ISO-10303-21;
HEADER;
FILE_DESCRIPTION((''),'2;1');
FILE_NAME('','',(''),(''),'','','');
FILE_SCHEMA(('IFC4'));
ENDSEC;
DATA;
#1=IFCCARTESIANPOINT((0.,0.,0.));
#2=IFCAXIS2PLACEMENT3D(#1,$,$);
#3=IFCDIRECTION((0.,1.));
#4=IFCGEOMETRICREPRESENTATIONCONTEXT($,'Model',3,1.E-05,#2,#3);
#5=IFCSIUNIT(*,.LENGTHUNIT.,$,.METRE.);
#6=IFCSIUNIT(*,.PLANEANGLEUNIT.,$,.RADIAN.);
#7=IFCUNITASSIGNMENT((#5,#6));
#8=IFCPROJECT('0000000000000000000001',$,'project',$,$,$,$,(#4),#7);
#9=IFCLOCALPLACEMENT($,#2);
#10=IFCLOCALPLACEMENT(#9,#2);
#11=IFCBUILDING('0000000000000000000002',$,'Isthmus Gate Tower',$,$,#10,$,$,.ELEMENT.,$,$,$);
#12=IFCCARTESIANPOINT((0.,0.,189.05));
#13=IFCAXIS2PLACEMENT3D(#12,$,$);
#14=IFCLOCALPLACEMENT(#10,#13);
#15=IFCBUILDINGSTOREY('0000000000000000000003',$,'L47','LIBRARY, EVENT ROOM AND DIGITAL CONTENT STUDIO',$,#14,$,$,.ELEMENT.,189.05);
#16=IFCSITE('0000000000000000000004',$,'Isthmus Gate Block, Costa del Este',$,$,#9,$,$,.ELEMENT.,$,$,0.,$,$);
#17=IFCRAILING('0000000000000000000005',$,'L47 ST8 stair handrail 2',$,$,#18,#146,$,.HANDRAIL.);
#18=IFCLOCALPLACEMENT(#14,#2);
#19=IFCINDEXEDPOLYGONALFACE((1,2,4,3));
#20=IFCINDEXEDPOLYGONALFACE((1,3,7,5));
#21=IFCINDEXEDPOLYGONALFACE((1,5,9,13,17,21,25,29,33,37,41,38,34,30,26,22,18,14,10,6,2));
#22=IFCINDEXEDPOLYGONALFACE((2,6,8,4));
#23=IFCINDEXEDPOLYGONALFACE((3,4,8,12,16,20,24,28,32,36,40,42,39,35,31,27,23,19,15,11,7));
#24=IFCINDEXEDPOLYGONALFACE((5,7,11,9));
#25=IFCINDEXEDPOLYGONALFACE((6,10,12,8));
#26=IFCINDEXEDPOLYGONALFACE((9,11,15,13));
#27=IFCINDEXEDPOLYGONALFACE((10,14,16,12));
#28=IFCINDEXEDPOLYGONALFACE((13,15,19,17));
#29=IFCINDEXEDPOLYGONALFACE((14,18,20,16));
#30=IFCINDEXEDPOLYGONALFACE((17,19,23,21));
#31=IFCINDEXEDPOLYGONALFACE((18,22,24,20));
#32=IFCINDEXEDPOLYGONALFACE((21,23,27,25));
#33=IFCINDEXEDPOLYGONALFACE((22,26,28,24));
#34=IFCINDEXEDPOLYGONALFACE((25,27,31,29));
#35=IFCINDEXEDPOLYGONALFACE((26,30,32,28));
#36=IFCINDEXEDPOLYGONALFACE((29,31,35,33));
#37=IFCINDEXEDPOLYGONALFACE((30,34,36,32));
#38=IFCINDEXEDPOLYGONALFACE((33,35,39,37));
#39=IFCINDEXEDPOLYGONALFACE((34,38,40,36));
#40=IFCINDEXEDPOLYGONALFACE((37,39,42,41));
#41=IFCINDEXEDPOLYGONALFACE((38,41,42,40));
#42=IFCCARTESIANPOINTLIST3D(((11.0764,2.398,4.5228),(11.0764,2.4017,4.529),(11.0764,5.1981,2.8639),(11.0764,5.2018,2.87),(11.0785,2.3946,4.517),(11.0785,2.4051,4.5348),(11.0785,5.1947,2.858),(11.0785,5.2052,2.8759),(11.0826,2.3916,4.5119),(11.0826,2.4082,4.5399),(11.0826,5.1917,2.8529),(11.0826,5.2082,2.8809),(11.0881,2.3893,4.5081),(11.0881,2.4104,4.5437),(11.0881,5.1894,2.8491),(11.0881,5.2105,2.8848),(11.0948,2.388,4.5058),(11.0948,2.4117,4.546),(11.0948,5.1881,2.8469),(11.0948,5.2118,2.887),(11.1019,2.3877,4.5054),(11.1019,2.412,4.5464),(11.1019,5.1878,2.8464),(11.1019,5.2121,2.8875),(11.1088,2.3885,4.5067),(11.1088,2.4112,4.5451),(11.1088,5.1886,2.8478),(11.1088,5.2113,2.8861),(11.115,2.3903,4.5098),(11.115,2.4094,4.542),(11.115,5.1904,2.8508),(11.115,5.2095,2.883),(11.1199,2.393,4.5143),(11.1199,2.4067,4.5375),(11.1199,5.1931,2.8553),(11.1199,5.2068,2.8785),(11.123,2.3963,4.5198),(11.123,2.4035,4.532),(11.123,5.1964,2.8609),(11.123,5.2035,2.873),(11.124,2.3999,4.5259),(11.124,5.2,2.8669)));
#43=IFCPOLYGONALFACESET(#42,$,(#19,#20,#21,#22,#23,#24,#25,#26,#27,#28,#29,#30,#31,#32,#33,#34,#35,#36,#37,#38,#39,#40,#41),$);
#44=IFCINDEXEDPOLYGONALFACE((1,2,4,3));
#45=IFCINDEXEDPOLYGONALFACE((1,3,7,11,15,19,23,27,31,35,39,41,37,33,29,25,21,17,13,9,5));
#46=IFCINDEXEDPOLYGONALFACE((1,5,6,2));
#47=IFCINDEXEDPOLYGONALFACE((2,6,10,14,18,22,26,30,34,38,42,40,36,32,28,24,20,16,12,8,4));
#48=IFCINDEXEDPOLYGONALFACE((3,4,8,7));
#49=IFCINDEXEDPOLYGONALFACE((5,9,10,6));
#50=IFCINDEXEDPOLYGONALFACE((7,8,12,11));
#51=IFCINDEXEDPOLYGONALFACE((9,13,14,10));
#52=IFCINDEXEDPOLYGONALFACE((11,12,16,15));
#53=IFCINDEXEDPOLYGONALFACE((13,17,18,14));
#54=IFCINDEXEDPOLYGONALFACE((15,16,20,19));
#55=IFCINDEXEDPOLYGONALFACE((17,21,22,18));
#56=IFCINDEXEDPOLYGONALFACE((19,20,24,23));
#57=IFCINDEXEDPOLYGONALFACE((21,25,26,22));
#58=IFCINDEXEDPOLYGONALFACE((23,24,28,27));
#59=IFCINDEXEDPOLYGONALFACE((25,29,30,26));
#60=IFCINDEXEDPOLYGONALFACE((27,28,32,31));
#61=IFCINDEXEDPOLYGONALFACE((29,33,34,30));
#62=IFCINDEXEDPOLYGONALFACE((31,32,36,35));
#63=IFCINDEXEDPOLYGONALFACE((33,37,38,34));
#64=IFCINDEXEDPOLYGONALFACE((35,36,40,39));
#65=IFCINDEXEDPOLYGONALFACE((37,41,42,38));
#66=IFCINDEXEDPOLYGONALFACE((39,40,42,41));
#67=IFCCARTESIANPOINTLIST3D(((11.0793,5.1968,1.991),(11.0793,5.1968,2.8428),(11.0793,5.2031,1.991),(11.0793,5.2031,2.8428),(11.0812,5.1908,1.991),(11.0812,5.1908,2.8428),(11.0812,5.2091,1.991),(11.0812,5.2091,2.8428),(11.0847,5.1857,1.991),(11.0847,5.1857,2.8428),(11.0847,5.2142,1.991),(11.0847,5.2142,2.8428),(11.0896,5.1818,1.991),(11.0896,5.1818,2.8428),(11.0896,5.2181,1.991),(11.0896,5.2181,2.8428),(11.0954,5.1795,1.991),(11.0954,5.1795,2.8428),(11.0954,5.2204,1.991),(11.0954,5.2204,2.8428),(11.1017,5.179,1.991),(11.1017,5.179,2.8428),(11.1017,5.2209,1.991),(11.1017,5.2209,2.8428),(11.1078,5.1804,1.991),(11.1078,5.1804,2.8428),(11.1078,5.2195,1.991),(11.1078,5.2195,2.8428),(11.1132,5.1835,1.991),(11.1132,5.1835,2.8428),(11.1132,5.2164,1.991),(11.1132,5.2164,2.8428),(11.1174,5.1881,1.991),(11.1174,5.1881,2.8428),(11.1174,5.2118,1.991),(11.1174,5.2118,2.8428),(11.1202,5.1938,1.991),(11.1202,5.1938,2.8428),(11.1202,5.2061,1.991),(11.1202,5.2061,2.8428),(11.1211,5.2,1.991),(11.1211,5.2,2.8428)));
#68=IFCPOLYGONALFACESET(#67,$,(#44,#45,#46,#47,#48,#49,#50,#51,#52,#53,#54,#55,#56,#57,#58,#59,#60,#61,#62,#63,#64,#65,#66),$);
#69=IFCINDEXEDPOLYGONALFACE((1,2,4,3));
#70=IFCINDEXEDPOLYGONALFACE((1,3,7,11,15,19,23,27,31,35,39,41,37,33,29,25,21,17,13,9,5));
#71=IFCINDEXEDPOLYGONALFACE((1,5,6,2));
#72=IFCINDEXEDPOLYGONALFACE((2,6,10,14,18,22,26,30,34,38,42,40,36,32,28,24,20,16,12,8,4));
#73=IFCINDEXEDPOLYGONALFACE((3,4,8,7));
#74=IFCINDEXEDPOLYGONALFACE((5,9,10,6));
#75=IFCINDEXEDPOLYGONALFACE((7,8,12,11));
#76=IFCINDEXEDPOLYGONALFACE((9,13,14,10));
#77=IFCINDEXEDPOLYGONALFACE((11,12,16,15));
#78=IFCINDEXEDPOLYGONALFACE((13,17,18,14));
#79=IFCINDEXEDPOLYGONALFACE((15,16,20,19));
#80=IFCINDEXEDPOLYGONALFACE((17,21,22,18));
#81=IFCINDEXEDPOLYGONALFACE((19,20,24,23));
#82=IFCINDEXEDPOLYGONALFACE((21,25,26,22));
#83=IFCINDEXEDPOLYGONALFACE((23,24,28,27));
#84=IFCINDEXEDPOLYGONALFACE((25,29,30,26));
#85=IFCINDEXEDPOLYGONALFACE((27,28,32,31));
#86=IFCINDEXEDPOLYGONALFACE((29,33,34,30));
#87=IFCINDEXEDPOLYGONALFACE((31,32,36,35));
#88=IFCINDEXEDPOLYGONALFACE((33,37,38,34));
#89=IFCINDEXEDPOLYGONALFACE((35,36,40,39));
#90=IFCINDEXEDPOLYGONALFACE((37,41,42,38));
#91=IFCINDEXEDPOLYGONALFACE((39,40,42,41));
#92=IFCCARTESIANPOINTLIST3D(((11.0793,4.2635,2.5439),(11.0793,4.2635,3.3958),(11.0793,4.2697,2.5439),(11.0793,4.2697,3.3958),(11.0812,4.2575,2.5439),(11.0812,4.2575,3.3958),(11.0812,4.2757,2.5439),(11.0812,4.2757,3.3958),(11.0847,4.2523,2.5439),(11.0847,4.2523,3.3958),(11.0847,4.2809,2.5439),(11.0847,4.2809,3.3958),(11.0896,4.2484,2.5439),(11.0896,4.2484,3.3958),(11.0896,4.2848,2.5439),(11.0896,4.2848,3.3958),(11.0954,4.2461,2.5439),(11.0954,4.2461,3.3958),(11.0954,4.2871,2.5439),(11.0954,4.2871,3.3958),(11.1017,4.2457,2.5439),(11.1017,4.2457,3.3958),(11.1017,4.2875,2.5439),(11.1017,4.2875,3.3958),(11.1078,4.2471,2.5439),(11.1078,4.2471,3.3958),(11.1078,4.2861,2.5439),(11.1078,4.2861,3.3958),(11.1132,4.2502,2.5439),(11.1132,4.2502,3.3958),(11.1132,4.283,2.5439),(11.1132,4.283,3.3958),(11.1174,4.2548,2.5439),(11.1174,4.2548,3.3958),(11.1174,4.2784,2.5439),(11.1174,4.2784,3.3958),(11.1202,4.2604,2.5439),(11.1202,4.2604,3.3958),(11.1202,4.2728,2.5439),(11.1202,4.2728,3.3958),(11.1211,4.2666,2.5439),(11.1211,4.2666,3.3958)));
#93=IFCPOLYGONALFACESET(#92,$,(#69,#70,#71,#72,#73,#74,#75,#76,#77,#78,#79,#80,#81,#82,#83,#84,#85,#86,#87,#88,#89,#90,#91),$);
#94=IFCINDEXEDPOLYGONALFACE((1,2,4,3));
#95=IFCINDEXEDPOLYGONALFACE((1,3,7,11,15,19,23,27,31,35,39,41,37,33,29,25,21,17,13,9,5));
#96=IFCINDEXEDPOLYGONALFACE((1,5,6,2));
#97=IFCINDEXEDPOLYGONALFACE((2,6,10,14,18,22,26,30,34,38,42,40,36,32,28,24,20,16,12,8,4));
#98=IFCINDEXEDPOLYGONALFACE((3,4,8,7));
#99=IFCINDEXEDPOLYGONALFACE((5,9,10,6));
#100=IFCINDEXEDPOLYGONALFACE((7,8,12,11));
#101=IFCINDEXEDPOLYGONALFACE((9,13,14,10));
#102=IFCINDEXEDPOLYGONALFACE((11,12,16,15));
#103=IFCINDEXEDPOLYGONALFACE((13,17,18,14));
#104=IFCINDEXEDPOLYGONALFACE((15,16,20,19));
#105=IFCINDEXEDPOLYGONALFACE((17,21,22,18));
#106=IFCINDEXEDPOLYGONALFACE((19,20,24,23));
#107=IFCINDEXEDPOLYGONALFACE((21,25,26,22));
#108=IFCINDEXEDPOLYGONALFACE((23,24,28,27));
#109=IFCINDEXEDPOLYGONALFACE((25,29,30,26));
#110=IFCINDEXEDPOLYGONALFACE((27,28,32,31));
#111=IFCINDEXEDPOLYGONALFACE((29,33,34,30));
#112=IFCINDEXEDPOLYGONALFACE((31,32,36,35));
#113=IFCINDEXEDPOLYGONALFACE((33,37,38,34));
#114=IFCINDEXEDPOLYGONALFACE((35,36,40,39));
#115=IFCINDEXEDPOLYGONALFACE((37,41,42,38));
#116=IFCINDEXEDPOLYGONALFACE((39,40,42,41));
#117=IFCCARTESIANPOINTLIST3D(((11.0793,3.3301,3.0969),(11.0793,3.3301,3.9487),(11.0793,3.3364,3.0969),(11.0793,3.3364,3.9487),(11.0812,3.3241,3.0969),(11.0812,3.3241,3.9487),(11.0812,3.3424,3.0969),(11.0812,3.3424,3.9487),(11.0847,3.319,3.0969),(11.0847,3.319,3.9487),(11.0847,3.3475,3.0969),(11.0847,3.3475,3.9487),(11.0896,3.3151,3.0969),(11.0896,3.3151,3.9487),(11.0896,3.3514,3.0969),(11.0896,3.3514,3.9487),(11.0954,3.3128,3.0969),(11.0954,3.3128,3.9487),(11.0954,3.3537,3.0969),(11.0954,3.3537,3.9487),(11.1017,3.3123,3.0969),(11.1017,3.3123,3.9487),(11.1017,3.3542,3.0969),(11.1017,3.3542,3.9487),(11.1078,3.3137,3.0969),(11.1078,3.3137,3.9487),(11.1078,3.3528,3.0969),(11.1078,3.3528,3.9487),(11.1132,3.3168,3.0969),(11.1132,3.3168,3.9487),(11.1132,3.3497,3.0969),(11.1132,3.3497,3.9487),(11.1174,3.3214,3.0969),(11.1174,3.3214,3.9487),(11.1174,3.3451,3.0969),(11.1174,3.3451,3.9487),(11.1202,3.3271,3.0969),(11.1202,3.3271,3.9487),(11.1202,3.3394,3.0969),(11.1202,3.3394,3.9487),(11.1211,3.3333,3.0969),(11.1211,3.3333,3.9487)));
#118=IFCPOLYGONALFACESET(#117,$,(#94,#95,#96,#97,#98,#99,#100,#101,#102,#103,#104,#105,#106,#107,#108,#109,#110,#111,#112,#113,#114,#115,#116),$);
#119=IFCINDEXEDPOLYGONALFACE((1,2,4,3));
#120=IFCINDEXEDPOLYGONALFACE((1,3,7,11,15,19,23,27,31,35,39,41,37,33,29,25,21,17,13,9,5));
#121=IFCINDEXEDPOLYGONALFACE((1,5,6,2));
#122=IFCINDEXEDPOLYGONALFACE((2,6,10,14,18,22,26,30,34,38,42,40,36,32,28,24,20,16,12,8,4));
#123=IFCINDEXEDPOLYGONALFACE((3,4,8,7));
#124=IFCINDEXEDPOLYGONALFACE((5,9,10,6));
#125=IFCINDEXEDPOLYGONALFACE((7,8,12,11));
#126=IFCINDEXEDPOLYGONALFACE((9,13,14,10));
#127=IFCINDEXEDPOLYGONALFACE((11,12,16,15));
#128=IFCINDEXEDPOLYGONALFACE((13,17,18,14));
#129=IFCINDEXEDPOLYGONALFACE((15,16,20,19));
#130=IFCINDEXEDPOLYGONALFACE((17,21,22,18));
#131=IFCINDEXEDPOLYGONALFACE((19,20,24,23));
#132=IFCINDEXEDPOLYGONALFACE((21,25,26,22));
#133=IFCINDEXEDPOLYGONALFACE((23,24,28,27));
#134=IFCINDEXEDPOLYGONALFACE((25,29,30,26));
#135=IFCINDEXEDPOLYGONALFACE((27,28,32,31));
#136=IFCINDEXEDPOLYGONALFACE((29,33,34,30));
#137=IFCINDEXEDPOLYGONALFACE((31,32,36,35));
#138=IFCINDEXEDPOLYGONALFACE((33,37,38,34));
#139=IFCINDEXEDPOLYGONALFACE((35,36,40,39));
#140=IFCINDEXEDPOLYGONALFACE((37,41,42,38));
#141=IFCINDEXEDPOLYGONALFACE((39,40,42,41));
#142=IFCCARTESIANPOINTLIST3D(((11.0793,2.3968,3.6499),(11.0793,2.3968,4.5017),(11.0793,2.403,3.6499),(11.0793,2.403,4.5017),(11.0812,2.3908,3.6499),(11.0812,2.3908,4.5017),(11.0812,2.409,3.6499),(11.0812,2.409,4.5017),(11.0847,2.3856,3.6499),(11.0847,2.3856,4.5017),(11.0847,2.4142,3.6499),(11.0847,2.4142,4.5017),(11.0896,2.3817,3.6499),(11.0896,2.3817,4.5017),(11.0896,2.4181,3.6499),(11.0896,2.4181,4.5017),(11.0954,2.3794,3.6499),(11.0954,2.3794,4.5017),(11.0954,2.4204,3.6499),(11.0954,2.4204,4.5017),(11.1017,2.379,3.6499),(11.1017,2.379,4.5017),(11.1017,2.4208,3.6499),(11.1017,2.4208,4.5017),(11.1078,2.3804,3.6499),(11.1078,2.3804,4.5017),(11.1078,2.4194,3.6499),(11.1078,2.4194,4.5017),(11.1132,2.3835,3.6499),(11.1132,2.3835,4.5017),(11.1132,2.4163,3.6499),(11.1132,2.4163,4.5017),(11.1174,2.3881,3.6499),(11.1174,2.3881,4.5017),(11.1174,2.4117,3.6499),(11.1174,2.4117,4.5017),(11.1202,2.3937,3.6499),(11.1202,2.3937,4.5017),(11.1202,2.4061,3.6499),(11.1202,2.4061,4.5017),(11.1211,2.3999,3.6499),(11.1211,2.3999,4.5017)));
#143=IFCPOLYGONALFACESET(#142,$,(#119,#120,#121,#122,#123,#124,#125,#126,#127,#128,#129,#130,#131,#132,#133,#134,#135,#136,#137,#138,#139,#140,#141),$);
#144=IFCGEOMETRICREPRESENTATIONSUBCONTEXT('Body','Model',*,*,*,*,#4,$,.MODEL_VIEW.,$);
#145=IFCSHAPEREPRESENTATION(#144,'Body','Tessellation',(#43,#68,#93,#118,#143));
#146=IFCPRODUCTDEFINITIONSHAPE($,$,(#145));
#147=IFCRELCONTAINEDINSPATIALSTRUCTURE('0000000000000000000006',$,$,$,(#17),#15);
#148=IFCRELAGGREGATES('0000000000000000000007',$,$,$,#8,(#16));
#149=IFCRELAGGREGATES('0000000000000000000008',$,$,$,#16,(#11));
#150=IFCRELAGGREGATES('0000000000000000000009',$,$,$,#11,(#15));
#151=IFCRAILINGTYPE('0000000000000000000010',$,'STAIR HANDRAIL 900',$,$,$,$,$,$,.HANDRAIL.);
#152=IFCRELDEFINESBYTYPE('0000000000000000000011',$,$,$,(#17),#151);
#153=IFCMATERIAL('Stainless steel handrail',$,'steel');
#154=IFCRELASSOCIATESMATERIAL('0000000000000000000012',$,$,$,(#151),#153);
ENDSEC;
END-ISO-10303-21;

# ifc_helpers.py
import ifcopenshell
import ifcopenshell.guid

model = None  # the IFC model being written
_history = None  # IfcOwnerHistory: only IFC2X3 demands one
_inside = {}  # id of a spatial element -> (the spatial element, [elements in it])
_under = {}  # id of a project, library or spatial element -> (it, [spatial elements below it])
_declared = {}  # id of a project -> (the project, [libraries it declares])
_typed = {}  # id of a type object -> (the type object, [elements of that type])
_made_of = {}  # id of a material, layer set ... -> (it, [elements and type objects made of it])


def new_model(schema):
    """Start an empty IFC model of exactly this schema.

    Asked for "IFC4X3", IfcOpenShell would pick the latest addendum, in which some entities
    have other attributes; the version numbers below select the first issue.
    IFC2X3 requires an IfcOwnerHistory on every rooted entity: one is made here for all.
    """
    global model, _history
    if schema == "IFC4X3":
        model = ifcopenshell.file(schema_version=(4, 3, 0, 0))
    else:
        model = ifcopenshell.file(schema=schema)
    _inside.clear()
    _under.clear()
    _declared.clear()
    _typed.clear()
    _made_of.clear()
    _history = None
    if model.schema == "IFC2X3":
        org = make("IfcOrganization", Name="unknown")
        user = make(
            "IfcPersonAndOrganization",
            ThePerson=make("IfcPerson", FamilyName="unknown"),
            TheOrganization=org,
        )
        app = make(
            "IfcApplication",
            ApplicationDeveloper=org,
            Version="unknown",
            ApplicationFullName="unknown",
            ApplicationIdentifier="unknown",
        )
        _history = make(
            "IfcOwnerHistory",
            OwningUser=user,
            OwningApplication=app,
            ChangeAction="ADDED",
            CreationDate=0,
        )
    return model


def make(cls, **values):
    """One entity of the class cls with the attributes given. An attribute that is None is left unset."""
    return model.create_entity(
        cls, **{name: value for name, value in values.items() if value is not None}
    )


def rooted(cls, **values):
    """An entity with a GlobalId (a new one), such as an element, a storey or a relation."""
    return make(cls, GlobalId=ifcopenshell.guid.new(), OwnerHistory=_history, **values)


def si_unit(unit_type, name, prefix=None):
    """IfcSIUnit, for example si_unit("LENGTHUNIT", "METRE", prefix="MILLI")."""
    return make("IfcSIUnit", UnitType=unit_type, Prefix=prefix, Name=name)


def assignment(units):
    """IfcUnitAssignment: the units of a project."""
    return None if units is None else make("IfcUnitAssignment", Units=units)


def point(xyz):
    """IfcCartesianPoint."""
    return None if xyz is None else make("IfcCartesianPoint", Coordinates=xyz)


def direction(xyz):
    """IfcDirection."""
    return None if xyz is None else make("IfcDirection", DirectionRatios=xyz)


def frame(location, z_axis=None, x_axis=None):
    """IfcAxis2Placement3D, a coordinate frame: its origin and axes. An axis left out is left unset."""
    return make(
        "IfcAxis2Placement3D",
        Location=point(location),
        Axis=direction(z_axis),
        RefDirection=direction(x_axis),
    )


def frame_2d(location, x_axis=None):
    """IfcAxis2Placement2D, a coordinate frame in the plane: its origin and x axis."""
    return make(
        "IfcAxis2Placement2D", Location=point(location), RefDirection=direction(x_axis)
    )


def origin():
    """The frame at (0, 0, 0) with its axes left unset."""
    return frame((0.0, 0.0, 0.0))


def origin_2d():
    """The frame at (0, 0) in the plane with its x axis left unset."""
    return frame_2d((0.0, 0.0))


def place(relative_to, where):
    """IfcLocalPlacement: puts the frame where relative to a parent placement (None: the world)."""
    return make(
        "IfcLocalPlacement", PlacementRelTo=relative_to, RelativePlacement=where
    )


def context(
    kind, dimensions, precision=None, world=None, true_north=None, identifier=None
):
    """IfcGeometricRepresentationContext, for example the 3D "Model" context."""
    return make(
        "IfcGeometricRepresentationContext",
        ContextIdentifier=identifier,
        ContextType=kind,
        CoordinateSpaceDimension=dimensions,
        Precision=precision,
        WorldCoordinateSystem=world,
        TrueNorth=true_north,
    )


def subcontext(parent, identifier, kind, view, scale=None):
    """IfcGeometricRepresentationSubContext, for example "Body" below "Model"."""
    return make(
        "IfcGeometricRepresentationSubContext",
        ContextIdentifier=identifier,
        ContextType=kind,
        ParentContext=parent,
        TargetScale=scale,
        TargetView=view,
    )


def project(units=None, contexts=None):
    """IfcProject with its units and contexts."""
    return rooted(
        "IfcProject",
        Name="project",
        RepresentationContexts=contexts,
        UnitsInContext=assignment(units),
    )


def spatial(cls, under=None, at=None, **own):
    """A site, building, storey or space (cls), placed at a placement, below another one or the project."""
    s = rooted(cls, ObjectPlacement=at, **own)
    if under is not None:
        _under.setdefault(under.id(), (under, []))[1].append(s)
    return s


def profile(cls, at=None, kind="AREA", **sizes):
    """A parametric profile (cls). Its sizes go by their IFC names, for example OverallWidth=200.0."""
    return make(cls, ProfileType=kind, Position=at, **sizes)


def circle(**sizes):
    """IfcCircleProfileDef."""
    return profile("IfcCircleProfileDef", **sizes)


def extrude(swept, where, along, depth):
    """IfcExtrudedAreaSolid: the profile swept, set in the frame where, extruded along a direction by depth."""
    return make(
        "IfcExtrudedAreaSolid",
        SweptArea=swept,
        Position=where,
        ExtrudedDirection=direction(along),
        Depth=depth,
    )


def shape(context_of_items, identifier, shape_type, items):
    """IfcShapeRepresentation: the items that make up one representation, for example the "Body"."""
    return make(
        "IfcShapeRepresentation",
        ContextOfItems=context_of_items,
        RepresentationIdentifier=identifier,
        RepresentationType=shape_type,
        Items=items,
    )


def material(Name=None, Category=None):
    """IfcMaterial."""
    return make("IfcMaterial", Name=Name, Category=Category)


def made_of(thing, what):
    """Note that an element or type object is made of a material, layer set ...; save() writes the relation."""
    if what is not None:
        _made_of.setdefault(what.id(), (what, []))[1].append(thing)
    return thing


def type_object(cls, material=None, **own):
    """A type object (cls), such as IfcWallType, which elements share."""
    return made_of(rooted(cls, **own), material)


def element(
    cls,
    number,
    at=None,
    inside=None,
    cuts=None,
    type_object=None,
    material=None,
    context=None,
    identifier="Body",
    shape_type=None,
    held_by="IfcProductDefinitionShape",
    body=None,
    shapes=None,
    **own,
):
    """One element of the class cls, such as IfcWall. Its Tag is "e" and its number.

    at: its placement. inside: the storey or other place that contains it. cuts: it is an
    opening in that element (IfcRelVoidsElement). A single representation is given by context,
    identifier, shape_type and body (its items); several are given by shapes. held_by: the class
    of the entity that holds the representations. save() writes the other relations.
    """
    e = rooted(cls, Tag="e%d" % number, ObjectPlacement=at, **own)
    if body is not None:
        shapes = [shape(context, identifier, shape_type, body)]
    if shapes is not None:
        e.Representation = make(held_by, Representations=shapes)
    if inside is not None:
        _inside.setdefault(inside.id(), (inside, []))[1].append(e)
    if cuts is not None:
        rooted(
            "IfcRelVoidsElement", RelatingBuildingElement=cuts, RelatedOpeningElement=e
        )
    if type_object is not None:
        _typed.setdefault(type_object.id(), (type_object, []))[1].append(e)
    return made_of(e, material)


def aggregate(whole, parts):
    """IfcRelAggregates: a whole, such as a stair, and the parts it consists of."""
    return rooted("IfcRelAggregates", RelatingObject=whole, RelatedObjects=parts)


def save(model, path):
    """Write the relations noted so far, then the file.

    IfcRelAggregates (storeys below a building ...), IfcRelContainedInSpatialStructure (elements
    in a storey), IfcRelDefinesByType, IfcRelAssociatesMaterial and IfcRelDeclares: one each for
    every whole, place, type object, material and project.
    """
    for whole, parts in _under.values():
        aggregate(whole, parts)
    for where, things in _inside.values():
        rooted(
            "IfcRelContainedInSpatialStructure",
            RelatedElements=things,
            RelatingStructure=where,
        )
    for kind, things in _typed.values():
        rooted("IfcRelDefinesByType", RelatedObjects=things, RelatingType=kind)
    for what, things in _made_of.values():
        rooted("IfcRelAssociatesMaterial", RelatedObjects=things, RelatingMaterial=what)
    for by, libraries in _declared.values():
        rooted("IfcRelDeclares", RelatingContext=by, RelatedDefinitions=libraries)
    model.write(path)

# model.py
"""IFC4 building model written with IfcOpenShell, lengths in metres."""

from ifc_helpers import new_model, si_unit, direction, frame, origin, origin_2d, place, context, subcontext, project, spatial, circle, extrude, material, type_object, element, save


model = new_model("IFC4")

# Units and contexts
model_context = context("Model", 3, precision=1e-05, world=origin(), true_north=direction((0.0, 1.0)))
body_context = subcontext(model_context, "Body", "Model", "MODEL_VIEW")
ifc_project = project(units=[si_unit("LENGTHUNIT", "METRE"), si_unit("PLANEANGLEUNIT", "RADIAN")], contexts=[model_context])

# Site, building, storey
site_placement = place(None, origin())
site = spatial("IfcSite", under=ifc_project, at=site_placement, Name="Isthmus Gate Block, Costa del Este", CompositionType="ELEMENT", RefElevation=0.0)
building_placement = place(site_placement, origin())
building = spatial("IfcBuilding", under=site, at=building_placement, Name="Isthmus Gate Tower", CompositionType="ELEMENT")
storey_placement = place(building_placement, frame((0.0, 0.0, 189.05)))
storey = spatial("IfcBuildingStorey", under=building, at=storey_placement, Name="L47", Description="LIBRARY, EVENT ROOM AND DIGITAL CONTENT STUDIO", CompositionType="ELEMENT", Elevation=189.05)

# Railing
ifc_material_1 = material(Name="Stainless steel handrail", Category="steel")
railing_type_1 = type_object("IfcRailingType", Name="STAIR HANDRAIL 900", PredefinedType="HANDRAIL", material=ifc_material_1)
railing_1_placement = place(storey_placement, frame((11.1001, 5.2, 1.991)))
element("IfcRailing", 1, at=railing_1_placement, inside=storey, type_object=railing_type_1, Name="L47 ST8 stair handrail 2", PredefinedType="HANDRAIL", context=body_context, shape_type="SweptSolid", body=[
    extrude(circle(Radius=0.0239, at=origin_2d()), frame((0.0, 0.0, 0.876), z_axis=(0.0, -0.860339, 0.509722), x_axis=(1.0, 0.0, 0.0)), (0.0, 0.0, 1.0), 3.2546),
    extrude(circle(Radius=0.021, at=origin_2d()), origin(), (0.0, 0.0, 1.0), 0.8518),
    extrude(circle(Radius=0.021, at=origin_2d()), frame((0.0, -0.9333, 0.553)), (0.0, 0.0, 1.0), 0.8518),
    extrude(circle(Radius=0.021, at=origin_2d()), frame((0.0, -1.8667, 1.106)), (0.0, 0.0, 1.0), 0.8518),
    extrude(circle(Radius=0.021, at=origin_2d()), frame((0.0, -2.8, 1.6589)), (0.0, 0.0, 1.0), 0.8518),
])

save(model, "model.ifc")
